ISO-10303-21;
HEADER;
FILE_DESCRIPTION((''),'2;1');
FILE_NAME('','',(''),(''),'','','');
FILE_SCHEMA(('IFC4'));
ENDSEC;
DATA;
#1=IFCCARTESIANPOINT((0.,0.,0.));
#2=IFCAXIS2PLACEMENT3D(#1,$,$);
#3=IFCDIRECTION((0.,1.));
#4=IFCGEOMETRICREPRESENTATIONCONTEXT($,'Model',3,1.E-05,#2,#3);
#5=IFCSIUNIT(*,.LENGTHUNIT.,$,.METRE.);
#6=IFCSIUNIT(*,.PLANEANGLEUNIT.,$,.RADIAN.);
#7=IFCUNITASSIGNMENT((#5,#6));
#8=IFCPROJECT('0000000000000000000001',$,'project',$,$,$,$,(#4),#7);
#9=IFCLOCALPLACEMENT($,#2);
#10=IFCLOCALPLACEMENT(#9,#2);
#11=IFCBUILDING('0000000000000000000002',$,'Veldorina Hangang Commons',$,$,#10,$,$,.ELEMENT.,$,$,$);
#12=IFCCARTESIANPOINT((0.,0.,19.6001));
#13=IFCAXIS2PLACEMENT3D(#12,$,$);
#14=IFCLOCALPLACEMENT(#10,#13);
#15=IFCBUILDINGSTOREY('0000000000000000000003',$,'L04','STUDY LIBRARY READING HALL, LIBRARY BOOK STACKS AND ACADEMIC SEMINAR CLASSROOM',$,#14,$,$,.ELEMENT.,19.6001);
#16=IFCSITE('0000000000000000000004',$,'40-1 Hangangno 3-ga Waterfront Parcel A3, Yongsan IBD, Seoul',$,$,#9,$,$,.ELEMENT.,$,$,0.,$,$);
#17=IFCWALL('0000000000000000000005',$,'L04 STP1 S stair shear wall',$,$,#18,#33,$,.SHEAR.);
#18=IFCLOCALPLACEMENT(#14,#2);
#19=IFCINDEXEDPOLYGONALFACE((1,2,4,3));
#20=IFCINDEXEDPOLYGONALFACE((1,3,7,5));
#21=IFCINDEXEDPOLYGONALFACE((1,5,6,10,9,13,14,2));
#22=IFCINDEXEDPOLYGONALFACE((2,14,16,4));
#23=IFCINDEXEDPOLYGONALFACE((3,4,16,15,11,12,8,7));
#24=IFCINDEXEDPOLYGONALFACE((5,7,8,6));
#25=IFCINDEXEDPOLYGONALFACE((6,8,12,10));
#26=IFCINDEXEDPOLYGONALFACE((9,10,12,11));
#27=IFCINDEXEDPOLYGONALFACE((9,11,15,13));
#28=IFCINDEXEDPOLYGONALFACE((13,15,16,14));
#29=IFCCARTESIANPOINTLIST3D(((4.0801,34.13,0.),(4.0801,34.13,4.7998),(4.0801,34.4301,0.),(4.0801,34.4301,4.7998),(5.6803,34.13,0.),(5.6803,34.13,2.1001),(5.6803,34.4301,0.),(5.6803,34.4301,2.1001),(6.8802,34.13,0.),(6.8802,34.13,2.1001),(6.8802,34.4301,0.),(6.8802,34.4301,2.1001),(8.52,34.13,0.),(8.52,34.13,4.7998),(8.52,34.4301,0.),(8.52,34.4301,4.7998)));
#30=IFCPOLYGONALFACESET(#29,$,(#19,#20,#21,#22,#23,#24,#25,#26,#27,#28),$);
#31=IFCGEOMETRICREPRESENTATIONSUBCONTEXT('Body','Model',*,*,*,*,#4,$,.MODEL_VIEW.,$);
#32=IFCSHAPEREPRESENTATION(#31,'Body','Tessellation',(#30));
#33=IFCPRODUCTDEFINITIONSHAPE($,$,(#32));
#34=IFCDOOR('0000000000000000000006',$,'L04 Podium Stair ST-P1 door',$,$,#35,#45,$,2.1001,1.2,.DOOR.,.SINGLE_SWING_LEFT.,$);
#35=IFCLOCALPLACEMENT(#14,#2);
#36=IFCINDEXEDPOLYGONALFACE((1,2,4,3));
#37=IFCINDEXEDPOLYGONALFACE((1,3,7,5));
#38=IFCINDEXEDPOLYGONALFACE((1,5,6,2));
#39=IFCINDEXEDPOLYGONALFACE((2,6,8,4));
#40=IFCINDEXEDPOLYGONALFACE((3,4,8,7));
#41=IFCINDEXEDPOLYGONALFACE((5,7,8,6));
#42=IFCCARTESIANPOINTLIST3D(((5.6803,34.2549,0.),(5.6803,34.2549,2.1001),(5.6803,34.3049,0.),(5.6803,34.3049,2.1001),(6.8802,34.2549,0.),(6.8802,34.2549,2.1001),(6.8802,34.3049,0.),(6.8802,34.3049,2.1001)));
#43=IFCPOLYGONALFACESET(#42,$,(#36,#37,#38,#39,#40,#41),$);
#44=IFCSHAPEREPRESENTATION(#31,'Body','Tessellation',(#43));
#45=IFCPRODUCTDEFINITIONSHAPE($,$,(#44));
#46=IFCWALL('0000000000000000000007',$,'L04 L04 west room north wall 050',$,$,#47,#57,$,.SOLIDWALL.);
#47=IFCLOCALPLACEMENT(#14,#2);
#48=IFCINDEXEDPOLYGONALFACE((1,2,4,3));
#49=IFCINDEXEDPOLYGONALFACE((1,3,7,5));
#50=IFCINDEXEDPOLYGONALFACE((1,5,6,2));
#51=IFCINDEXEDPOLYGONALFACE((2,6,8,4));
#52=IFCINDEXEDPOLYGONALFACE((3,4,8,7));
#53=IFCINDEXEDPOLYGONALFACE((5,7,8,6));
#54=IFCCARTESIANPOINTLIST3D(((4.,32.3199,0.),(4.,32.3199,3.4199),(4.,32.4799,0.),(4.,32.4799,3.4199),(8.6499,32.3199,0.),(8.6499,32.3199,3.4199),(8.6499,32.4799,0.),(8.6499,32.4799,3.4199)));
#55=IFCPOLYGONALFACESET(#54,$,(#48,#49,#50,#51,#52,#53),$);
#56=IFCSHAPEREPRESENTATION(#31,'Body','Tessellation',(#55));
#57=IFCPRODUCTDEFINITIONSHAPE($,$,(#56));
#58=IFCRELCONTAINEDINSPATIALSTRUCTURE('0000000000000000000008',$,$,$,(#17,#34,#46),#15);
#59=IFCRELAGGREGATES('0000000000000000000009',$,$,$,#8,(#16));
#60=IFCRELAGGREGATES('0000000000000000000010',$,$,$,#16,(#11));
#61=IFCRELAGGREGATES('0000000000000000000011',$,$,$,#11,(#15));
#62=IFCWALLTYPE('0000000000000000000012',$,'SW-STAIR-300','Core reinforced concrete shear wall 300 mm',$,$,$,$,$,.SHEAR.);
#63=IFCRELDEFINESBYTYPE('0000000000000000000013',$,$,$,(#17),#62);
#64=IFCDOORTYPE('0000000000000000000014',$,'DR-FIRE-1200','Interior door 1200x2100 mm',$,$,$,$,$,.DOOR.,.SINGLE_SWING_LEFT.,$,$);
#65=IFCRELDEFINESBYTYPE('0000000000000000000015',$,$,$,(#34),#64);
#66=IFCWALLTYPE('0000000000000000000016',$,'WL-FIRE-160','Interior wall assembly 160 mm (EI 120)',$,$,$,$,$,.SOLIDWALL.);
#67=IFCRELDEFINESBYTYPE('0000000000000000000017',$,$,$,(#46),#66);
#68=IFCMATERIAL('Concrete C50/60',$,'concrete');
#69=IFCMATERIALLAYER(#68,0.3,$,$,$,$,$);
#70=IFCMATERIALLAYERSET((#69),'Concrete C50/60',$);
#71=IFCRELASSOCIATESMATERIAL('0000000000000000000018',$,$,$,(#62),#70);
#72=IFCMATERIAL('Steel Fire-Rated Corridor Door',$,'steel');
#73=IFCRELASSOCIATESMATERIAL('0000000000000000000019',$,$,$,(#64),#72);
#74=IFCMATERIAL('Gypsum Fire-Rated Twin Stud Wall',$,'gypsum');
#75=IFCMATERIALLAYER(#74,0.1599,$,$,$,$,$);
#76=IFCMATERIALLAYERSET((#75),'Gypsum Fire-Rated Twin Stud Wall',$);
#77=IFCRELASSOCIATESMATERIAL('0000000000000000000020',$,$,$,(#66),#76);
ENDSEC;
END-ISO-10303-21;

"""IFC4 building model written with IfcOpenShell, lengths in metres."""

from ifc_helpers import new_model, si_unit, direction, frame, frame_2d, origin, place, context, subcontext, project, spatial, rectangle, extrude, material, layer, layer_set, type_object, element, fill, save


model = new_model("IFC4")

# Units and contexts
model_context = context("Model", 3, precision=1e-05, world=origin(), true_north=direction((0.0, 1.0)))
body_context = subcontext(model_context, "Body", "Model", "MODEL_VIEW")
ifc_project = project(units=[si_unit("LENGTHUNIT", "METRE"), si_unit("PLANEANGLEUNIT", "RADIAN")], contexts=[model_context])

# Site, building, storey
site_placement = place(None, origin())
site = spatial("IfcSite", under=ifc_project, at=site_placement, Name="40-1 Hangangno 3-ga Waterfront Parcel A3, Yongsan IBD, Seoul", CompositionType="ELEMENT", RefElevation=0.0)
building_placement = place(site_placement, origin())
building = spatial("IfcBuilding", under=site, at=building_placement, Name="Veldorina Hangang Commons", CompositionType="ELEMENT")
storey_placement = place(building_placement, frame((0.0, 0.0, 19.6001)))
storey = spatial("IfcBuildingStorey", under=building, at=storey_placement, Name="L04", Description="STUDY LIBRARY READING HALL, LIBRARY BOOK STACKS AND ACADEMIC SEMINAR CLASSROOM", CompositionType="ELEMENT", Elevation=19.6001)

# Shared definitions
ifc_material_1 = material(Name="Concrete C50/60", Category="concrete")
ifc_layer_1 = layer(ifc_material_1, 0.3)
ifc_layer_set_1 = layer_set([ifc_layer_1], Name="Concrete C50/60")
wall_type_1 = type_object("IfcWallType", Name="SW-STAIR-300", Description="Core reinforced concrete shear wall 300 mm", PredefinedType="SHEAR", material=ifc_layer_set_1)

# Wall, opening, door
wall_1_placement = place(storey_placement, frame((4.0801, 34.28, 0.0), z_axis=(0.0, 0.0, 1.0), x_axis=(1.0, 0.0, 0.0)))
wall_1 = element("IfcWall", 1, at=wall_1_placement, inside=storey, type_object=wall_type_1, Name="L04 STP1 S stair shear wall", PredefinedType="SHEAR", context=body_context, shape_type="SweptSolid", body=[
    extrude(rectangle(XDim=4.4399, YDim=0.3, at=frame_2d((2.22, 0.0))), origin(), (0.0, 0.0, 1.0), 4.7998),
])
opening_1_placement = place(wall_1_placement, frame((1.6001, 0.0, 0.0)))
opening_1 = element("IfcOpeningElement", 2, at=opening_1_placement, cuts=wall_1, PredefinedType="OPENING", context=body_context, shape_type="SweptSolid", body=[
    extrude(rectangle(XDim=1.2, YDim=2.1001, at=frame_2d((0.6001, 1.05))), frame((0.0, 0.1602, 0.0), z_axis=(0.0, -1.0, 0.0), x_axis=(1.0, 0.0, 0.0)), (0.0, 0.0, 1.0), 0.3201),
])
ifc_material_2 = material(Name="Steel Fire-Rated Corridor Door", Category="steel")
door_type = type_object("IfcDoorType", Name="DR-FIRE-1200", Description="Interior door 1200x2100 mm", OperationType="SINGLE_SWING_LEFT", PredefinedType="DOOR", material=ifc_material_2)
door_placement = place(opening_1_placement, origin())
door = element("IfcDoor", 3, at=door_placement, inside=storey, type_object=door_type, Name="L04 Podium Stair ST-P1 door", OperationType="SINGLE_SWING_LEFT", OverallHeight=2.1001, OverallWidth=1.2, PredefinedType="DOOR", context=body_context, shape_type="SweptSolid", body=[
    extrude(rectangle(XDim=1.2, YDim=2.1001, at=frame_2d((0.6001, 1.05))), frame((0.0, 0.0249, 0.0), z_axis=(0.0, -1.0, 0.0), x_axis=(1.0, 0.0, 0.0)), (0.0, 0.0, 1.0), 0.05),
])
fill(opening_1, door)

# Wall
ifc_material_3 = material(Name="Gypsum Fire-Rated Twin Stud Wall", Category="gypsum")
ifc_layer_2 = layer(ifc_material_3, 0.1599)
ifc_layer_set_2 = layer_set([ifc_layer_2], Name="Gypsum Fire-Rated Twin Stud Wall")
wall_type_2 = type_object("IfcWallType", Name="WL-FIRE-160", Description="Interior wall assembly 160 mm (EI 120)", PredefinedType="SOLIDWALL", material=ifc_layer_set_2)
wall_2_placement = place(storey_placement, frame((4.0, 32.3999, 0.0), z_axis=(0.0, 0.0, 1.0), x_axis=(1.0, 0.0, 0.0)))
element("IfcWall", 4, at=wall_2_placement, inside=storey, type_object=wall_type_2, Name="L04 L04 west room north wall 050", PredefinedType="SOLIDWALL", context=body_context, shape_type="SweptSolid", body=[
    extrude(rectangle(XDim=4.6499, YDim=0.1599, at=frame_2d((2.325, 0.0))), origin(), (0.0, 0.0, 1.0), 3.4199),
])

save(model, "model.ifc")
